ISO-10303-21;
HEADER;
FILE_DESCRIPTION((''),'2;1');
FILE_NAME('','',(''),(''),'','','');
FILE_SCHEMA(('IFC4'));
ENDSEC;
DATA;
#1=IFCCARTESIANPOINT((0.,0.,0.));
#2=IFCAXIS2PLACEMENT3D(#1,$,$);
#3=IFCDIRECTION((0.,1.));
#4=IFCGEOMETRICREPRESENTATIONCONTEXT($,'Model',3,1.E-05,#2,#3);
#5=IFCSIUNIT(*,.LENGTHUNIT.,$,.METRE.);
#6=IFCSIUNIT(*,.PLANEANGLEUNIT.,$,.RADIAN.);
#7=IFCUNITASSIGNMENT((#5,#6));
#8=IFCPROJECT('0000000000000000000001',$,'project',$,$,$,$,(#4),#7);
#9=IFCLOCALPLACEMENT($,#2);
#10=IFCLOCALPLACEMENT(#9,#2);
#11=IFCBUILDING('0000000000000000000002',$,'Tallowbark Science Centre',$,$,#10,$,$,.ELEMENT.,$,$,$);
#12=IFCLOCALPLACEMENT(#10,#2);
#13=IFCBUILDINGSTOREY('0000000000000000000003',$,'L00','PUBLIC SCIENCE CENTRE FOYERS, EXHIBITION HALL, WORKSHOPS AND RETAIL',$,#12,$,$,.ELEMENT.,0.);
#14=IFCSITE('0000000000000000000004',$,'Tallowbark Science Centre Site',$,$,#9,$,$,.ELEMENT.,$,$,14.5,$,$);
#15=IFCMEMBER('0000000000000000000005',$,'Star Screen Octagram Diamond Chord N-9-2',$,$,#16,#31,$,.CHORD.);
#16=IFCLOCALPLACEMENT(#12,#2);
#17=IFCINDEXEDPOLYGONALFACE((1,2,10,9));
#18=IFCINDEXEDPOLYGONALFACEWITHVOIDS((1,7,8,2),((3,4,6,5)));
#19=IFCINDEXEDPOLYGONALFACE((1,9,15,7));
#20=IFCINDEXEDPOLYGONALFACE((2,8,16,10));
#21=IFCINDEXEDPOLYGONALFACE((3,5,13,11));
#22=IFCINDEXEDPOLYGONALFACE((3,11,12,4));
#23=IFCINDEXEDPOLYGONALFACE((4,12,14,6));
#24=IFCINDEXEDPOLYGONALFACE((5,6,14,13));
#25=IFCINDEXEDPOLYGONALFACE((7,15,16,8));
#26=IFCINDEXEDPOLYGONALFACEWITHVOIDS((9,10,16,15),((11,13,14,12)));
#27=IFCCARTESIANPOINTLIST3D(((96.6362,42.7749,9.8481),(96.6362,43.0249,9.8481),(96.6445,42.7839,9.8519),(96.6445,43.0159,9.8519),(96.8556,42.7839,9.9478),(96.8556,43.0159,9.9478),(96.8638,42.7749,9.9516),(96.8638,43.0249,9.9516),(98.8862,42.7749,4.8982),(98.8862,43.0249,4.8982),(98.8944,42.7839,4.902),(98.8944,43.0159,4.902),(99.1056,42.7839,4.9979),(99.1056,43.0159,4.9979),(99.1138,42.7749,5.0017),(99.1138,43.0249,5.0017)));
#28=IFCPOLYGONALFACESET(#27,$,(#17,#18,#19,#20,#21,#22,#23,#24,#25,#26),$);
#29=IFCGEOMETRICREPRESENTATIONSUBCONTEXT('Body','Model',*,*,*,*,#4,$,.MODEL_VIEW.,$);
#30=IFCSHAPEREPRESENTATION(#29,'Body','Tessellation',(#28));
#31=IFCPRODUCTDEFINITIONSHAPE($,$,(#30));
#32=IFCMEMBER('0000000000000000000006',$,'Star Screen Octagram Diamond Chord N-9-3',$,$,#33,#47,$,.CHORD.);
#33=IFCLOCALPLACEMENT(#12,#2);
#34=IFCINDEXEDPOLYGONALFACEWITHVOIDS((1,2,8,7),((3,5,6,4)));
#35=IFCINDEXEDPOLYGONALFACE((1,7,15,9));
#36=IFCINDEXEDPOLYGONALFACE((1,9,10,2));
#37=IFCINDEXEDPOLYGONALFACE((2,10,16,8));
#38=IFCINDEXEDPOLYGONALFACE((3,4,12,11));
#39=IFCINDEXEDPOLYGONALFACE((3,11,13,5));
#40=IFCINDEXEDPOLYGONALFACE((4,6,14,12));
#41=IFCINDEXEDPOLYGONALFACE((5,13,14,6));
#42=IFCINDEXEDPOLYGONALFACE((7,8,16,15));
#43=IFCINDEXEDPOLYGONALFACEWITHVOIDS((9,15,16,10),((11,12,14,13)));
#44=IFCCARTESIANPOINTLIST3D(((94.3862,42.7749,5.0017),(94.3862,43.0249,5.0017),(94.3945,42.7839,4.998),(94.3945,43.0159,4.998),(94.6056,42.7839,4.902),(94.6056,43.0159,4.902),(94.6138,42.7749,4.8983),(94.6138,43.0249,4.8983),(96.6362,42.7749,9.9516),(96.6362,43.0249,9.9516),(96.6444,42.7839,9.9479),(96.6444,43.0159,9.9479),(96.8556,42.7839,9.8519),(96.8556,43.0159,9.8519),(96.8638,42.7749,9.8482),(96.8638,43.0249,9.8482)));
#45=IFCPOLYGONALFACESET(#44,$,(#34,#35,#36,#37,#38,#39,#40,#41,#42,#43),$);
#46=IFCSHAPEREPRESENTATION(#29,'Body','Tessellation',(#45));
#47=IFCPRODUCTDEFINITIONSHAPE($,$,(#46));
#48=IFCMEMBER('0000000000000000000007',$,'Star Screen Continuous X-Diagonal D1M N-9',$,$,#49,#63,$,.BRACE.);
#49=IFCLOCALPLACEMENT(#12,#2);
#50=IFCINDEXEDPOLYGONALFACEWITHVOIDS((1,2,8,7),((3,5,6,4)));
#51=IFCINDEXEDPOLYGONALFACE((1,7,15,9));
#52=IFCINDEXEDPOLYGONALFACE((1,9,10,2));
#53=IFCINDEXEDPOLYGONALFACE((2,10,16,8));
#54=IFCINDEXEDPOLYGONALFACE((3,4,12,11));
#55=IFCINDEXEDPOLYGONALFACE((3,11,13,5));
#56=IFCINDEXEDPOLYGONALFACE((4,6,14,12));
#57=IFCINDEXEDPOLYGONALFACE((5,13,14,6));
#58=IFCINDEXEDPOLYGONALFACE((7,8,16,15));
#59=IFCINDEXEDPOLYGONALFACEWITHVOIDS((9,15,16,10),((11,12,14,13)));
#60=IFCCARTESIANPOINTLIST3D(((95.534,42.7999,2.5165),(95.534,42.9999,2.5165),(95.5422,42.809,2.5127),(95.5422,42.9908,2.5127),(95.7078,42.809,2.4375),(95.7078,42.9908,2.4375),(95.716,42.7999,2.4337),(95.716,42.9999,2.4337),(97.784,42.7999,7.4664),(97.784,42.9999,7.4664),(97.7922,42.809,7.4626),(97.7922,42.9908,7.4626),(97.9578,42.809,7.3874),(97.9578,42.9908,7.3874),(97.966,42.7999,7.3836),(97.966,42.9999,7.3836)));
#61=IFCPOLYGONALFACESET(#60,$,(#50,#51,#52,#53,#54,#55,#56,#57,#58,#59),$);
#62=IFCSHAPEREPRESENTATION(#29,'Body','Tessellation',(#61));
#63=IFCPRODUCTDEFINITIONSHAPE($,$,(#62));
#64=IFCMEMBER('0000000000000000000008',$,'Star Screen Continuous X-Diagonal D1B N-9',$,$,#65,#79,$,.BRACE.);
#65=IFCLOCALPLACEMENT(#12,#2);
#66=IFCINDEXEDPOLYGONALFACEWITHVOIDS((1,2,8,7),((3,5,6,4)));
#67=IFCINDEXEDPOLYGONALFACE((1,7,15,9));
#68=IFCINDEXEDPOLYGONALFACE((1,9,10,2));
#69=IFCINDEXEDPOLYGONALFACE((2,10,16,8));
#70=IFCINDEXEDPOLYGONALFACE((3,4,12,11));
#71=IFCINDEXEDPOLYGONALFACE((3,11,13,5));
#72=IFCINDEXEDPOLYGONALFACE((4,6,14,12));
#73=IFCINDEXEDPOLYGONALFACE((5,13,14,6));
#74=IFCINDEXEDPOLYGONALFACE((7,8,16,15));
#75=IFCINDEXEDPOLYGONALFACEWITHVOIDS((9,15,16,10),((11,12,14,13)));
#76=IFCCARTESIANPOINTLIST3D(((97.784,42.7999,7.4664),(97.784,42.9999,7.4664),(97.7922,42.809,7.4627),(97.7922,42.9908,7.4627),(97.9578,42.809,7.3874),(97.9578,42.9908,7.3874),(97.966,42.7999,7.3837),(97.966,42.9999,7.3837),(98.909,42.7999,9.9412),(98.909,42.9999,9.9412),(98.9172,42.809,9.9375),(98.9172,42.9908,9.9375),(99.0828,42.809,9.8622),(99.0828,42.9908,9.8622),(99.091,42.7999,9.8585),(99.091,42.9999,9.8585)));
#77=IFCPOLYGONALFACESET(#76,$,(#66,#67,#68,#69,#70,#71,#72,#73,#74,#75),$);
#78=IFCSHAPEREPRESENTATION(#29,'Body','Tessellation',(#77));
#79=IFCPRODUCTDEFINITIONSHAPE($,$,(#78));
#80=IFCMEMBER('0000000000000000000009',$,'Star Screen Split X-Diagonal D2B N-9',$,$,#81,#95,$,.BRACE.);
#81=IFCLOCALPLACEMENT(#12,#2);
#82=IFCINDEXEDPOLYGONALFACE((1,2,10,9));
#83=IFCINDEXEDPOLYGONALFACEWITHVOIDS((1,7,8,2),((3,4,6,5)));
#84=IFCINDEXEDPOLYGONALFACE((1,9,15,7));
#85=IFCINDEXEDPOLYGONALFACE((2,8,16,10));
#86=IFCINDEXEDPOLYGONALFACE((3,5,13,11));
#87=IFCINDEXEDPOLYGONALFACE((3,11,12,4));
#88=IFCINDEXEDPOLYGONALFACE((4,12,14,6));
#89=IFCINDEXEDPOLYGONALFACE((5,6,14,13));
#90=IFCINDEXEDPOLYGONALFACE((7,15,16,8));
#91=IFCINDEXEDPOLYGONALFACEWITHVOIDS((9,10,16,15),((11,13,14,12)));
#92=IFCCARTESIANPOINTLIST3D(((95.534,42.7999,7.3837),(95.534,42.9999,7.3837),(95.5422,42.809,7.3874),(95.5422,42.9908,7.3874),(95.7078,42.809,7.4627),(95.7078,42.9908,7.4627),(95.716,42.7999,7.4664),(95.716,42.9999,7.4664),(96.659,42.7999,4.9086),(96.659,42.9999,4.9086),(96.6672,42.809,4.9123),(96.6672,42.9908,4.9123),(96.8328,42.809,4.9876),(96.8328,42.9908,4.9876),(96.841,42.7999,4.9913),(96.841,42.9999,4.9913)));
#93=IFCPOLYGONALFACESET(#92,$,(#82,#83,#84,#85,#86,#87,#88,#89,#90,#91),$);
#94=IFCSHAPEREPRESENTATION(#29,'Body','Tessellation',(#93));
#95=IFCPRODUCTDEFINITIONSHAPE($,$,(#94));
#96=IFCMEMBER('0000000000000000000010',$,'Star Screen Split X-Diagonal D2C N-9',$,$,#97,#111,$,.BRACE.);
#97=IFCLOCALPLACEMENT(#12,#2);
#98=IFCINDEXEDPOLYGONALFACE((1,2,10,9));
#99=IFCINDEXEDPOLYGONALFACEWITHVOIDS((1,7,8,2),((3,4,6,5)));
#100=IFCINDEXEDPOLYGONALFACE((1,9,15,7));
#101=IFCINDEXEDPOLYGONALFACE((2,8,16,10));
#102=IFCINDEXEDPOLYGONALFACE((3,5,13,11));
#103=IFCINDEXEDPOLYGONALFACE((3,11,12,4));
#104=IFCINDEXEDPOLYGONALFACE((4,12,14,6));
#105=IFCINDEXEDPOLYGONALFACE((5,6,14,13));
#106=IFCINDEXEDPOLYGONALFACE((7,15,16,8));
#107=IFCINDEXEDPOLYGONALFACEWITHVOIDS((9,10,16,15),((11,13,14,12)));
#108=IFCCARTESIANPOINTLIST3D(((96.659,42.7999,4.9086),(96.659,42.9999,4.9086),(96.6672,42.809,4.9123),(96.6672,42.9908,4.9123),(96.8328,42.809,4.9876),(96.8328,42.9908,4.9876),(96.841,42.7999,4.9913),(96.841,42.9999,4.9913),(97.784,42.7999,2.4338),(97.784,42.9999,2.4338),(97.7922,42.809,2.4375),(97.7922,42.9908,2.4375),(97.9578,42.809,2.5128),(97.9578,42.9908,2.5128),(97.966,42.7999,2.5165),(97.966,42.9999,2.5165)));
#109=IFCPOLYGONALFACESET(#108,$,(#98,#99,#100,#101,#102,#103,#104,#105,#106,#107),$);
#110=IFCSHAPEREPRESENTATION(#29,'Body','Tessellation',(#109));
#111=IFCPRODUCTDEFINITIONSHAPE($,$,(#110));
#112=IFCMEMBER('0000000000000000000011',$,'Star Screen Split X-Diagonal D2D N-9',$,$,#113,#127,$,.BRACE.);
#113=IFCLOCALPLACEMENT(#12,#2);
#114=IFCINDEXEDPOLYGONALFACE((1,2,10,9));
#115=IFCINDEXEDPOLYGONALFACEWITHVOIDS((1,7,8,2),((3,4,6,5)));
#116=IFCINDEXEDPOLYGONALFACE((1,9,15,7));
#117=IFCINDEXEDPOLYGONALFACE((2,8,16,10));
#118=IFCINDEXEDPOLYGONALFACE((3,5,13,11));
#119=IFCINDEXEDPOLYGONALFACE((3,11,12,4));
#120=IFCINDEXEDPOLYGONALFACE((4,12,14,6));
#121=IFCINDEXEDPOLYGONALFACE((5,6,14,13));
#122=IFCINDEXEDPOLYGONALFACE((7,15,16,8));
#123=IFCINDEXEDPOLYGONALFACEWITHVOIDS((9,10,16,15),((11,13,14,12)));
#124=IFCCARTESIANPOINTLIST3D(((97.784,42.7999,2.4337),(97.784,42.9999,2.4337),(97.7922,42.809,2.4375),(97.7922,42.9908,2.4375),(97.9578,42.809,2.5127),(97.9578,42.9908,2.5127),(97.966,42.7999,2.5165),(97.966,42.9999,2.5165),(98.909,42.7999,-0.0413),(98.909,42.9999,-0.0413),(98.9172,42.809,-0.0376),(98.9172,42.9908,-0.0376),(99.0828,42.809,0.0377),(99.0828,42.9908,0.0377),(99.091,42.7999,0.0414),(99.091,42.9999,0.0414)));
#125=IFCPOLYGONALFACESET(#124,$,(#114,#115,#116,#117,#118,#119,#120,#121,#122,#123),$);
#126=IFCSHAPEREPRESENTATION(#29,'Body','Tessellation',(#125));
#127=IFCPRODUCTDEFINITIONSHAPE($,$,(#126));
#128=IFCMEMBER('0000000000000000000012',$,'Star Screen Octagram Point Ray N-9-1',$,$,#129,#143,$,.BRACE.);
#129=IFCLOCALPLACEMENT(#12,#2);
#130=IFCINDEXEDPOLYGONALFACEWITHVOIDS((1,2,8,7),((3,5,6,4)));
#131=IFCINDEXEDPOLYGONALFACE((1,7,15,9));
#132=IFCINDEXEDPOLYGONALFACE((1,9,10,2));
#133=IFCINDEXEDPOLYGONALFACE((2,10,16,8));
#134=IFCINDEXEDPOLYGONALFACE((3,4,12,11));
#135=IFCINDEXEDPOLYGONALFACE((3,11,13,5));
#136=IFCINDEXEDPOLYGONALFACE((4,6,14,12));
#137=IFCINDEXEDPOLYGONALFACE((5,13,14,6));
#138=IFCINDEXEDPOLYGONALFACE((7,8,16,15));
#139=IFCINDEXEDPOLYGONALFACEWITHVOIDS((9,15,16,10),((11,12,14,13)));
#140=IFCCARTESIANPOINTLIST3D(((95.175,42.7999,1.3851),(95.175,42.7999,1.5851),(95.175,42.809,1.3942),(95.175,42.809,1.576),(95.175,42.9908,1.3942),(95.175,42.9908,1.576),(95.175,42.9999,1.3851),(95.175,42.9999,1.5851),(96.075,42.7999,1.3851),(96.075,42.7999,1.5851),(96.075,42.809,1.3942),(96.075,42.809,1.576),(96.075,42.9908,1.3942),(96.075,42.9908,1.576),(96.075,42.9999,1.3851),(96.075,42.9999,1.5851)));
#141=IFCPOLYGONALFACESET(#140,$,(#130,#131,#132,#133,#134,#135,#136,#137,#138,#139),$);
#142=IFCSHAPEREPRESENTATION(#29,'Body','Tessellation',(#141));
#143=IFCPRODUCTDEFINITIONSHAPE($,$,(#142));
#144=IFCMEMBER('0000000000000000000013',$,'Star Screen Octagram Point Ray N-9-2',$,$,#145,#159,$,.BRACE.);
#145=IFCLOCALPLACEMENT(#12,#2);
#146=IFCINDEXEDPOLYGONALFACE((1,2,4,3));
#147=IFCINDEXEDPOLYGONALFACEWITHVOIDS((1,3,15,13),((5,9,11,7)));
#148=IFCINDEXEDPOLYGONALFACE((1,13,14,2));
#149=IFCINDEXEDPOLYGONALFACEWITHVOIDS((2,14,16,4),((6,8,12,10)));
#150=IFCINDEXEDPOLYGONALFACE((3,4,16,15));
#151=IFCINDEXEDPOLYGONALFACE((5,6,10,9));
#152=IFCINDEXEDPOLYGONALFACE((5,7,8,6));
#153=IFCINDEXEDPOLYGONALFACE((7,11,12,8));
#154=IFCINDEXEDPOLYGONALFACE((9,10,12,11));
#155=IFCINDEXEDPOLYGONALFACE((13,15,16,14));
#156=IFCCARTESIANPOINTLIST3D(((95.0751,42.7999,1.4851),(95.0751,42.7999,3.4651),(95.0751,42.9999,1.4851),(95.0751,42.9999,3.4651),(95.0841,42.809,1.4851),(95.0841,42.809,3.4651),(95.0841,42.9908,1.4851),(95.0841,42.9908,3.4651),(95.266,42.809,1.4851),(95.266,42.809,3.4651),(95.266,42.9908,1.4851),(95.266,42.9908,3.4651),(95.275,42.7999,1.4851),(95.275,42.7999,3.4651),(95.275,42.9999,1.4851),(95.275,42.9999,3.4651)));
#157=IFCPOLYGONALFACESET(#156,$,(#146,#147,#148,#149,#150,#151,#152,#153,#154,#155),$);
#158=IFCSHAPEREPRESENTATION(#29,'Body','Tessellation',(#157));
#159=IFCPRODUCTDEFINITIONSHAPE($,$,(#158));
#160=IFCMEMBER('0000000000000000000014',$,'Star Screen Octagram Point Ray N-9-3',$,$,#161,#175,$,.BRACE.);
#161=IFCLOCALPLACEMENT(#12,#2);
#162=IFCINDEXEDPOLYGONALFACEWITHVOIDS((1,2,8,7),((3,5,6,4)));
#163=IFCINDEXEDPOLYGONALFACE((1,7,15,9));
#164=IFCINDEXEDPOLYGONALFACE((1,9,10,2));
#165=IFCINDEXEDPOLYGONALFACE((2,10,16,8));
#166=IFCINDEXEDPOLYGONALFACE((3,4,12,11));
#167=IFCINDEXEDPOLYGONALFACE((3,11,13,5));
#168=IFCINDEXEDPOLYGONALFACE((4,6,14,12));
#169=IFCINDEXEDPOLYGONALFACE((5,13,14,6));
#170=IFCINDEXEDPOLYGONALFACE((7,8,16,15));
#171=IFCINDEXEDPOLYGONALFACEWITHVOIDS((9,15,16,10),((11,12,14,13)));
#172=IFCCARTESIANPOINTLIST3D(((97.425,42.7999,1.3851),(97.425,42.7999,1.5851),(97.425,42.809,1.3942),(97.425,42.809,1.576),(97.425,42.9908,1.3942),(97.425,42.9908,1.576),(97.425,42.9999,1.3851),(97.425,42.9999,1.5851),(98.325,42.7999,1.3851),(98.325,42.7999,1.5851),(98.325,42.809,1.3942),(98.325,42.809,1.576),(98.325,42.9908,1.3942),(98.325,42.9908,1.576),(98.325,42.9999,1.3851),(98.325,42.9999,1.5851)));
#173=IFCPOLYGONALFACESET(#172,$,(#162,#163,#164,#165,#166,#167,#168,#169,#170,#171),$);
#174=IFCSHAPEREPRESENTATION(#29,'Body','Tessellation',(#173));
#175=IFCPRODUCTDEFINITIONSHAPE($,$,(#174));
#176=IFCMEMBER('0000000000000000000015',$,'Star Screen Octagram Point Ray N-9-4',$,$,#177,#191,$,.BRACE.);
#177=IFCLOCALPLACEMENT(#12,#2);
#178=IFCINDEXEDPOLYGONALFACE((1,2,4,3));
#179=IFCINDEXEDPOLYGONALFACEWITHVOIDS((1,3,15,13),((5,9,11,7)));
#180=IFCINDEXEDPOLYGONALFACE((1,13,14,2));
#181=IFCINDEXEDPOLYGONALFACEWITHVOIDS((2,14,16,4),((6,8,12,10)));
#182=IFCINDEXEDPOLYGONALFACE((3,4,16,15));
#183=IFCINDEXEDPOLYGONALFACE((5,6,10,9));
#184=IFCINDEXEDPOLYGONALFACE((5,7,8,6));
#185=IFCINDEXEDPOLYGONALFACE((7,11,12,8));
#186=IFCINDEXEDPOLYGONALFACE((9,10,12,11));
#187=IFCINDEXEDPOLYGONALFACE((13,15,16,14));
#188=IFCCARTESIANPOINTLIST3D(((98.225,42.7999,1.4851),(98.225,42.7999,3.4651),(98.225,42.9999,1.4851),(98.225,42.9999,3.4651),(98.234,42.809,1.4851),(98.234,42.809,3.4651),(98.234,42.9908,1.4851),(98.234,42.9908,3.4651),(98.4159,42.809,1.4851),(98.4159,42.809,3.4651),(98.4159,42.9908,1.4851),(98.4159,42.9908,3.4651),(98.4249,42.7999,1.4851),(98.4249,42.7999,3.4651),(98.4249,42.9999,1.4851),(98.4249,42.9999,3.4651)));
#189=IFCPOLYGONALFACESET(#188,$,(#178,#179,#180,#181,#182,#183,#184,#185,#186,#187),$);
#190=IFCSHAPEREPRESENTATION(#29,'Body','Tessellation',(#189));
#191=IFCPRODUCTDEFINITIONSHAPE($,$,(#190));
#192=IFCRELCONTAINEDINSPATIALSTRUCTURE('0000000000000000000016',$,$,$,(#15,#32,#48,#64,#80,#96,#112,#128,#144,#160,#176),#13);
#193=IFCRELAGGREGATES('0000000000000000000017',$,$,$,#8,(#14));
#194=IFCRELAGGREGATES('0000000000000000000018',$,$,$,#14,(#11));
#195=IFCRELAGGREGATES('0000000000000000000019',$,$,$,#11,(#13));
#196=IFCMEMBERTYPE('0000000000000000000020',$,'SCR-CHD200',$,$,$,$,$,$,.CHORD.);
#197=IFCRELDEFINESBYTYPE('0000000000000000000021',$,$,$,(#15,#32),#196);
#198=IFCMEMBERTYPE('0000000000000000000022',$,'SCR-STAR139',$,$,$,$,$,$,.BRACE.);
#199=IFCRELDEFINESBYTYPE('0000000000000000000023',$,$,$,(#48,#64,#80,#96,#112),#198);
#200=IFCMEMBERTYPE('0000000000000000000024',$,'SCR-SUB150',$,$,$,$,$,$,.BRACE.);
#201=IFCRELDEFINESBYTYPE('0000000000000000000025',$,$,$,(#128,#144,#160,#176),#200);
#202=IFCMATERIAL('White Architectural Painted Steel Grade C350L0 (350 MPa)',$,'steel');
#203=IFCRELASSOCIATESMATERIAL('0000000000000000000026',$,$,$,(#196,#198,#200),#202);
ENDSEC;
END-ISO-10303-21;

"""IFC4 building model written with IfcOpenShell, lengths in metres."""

from ifc_helpers import new_model, si_unit, direction, frame, origin, origin_2d, place, context, subcontext, project, spatial, hollow_rectangle, extrude, material, material_profile, profile_set, type_object, element, save


model = new_model("IFC4")

# Units and contexts
model_context = context("Model", 3, precision=1e-05, world=origin(), true_north=direction((0.0, 1.0)))
body_context = subcontext(model_context, "Body", "Model", "MODEL_VIEW")
ifc_project = project(units=[si_unit("LENGTHUNIT", "METRE"), si_unit("PLANEANGLEUNIT", "RADIAN")], contexts=[model_context])

# Site, building, storey
site_placement = place(None, origin())
site = spatial("IfcSite", under=ifc_project, at=site_placement, Name="Tallowbark Science Centre Site", CompositionType="ELEMENT", RefElevation=14.5)
building_placement = place(site_placement, origin())
building = spatial("IfcBuilding", under=site, at=building_placement, Name="Tallowbark Science Centre", CompositionType="ELEMENT")
storey_placement = place(building_placement, origin())
storey = spatial("IfcBuildingStorey", under=building, at=storey_placement, Name="L00", Description="PUBLIC SCIENCE CENTRE FOYERS, EXHIBITION HALL, WORKSHOPS AND RETAIL", CompositionType="ELEMENT", Elevation=0.0)

# Shared definitions
ifc_material_1 = material(Name="White Architectural Painted Steel Grade C350L0 (350 MPa)", Category="steel")

# Members
ifc_material_profile_1 = material_profile(ifc_material_1, hollow_rectangle(XDim=0.25, YDim=0.25, WallThickness=0.009, at=origin_2d()), Name="250x250x9.0SHS")
ifc_profile_set_1 = profile_set([ifc_material_profile_1], Name="White Architectural Painted Steel Grade C350L0 (350 MPa)")
member_type_1 = type_object("IfcMemberType", Name="SCR-CHD200", PredefinedType="CHORD", material=ifc_profile_set_1)
for number, where, z_axis, x_axis, name in (
    (1, (99.0, 42.8999, 4.95), (-0.413806, 0.0, 0.910365), (0.0, -1.0, 0.0), "Star Screen Octagram Diamond Chord N-9-2"),
    (2, (96.75, 42.8999, 9.8999), (-0.413806, 0.0, -0.910365), (0.0, -1.0, 0.0), "Star Screen Octagram Diamond Chord N-9-3"),
):
    element("IfcMember", number, at=place(storey_placement, frame(where, z_axis=z_axis, x_axis=x_axis)), inside=storey, type_object=member_type_1, Name=name, PredefinedType="CHORD", context=body_context, shape_type="SweptSolid", body=[
        extrude(hollow_rectangle(XDim=0.25, YDim=0.25, WallThickness=0.009, at=origin_2d()), origin(), (0.0, 0.0, 1.0), 5.4373),
    ])
ifc_material_profile_2 = material_profile(ifc_material_1, hollow_rectangle(XDim=0.2, YDim=0.2, WallThickness=0.009, at=origin_2d()), Name="200x200x9.0SHS")
ifc_profile_set_2 = profile_set([ifc_material_profile_2], Name="White Architectural Painted Steel Grade C350L0 (350 MPa)")
member_type_2 = type_object("IfcMemberType", Name="SCR-STAR139", PredefinedType="BRACE", material=ifc_profile_set_2)
member_1_placement = place(storey_placement, frame((95.625, 42.8999, 2.4751), z_axis=(0.413806, 0.0, 0.910365), x_axis=(0.0, 1.0, 0.0)))
element("IfcMember", 3, at=member_1_placement, inside=storey, type_object=member_type_2, Name="Star Screen Continuous X-Diagonal D1M N-9", PredefinedType="BRACE", context=body_context, shape_type="SweptSolid", body=[
    extrude(hollow_rectangle(XDim=0.2, YDim=0.2, WallThickness=0.009, at=origin_2d()), origin(), (0.0, 0.0, 1.0), 5.4373),
])
member_2_placement = place(storey_placement, frame((97.875, 42.8999, 7.425), z_axis=(0.413823, 0.0, 0.910357), x_axis=(0.0, 1.0, 0.0)))
element("IfcMember", 4, at=member_2_placement, inside=storey, type_object=member_type_2, Name="Star Screen Continuous X-Diagonal D1B N-9", PredefinedType="BRACE", context=body_context, shape_type="SweptSolid", body=[
    extrude(hollow_rectangle(XDim=0.2, YDim=0.2, WallThickness=0.009, at=origin_2d()), origin(), (0.0, 0.0, 1.0), 2.7185),
])
member_3_placement = place(storey_placement, frame((95.625, 42.8999, 7.425), z_axis=(0.413789, 0.0, -0.910373), x_axis=(0.0, 1.0, 0.0)))
element("IfcMember", 5, at=member_3_placement, inside=storey, type_object=member_type_2, Name="Star Screen Split X-Diagonal D2B N-9", PredefinedType="BRACE", context=body_context, shape_type="SweptSolid", body=[
    extrude(hollow_rectangle(XDim=0.2, YDim=0.2, WallThickness=0.009, at=origin_2d()), origin(), (0.0, 0.0, 1.0), 2.7188),
])
member_4_placement = place(storey_placement, frame((96.75, 42.8999, 4.95), z_axis=(0.413823, 0.0, -0.910357), x_axis=(0.0, 1.0, 0.0)))
element("IfcMember", 6, at=member_4_placement, inside=storey, type_object=member_type_2, Name="Star Screen Split X-Diagonal D2C N-9", PredefinedType="BRACE", context=body_context, shape_type="SweptSolid", body=[
    extrude(hollow_rectangle(XDim=0.2, YDim=0.2, WallThickness=0.009, at=origin_2d()), origin(), (0.0, 0.0, 1.0), 2.7185),
])
member_5_placement = place(storey_placement, frame((97.875, 42.8999, 2.4751), z_axis=(0.413789, 0.0, -0.910373), x_axis=(0.0, 1.0, 0.0)))
element("IfcMember", 7, at=member_5_placement, inside=storey, type_object=member_type_2, Name="Star Screen Split X-Diagonal D2D N-9", PredefinedType="BRACE", context=body_context, shape_type="SweptSolid", body=[
    extrude(hollow_rectangle(XDim=0.2, YDim=0.2, WallThickness=0.009, at=origin_2d()), origin(), (0.0, 0.0, 1.0), 2.7188),
])
ifc_material_profile_3 = material_profile(ifc_material_1, hollow_rectangle(XDim=0.2, YDim=0.2, WallThickness=0.009, at=origin_2d()), Name="200x200x9.0SHS")
ifc_profile_set_3 = profile_set([ifc_material_profile_3], Name="White Architectural Painted Steel Grade C350L0 (350 MPa)")
member_type_3 = type_object("IfcMemberType", Name="SCR-SUB150", PredefinedType="BRACE", material=ifc_profile_set_3)
member_6_placement = place(storey_placement, frame((95.175, 42.8999, 1.4851), z_axis=(1.0, 0.0, 0.0), x_axis=(0.0, 1.0, 0.0)))
element("IfcMember", 8, at=member_6_placement, inside=storey, type_object=member_type_3, Name="Star Screen Octagram Point Ray N-9-1", PredefinedType="BRACE", context=body_context, shape_type="SweptSolid", body=[
    extrude(hollow_rectangle(XDim=0.2, YDim=0.2, WallThickness=0.009, at=origin_2d()), origin(), (0.0, 0.0, 1.0), 0.8999),
])
member_7_placement = place(storey_placement, frame((95.175, 42.8999, 1.4851), z_axis=(0.0, 0.0, 1.0), x_axis=(1.0, 0.0, 0.0)))
element("IfcMember", 9, at=member_7_placement, inside=storey, type_object=member_type_3, Name="Star Screen Octagram Point Ray N-9-2", PredefinedType="BRACE", context=body_context, shape_type="SweptSolid", body=[
    extrude(hollow_rectangle(XDim=0.2, YDim=0.2, WallThickness=0.009, at=origin_2d()), origin(), (0.0, 0.0, 1.0), 1.98),
])
member_8_placement = place(storey_placement, frame((98.325, 42.8999, 1.4851), z_axis=(-1.0, 0.0, 0.0), x_axis=(0.0, -1.0, 0.0)))
element("IfcMember", 10, at=member_8_placement, inside=storey, type_object=member_type_3, Name="Star Screen Octagram Point Ray N-9-3", PredefinedType="BRACE", context=body_context, shape_type="SweptSolid", body=[
    extrude(hollow_rectangle(XDim=0.2, YDim=0.2, WallThickness=0.009, at=origin_2d()), origin(), (0.0, 0.0, 1.0), 0.8999),
])
member_9_placement = place(storey_placement, frame((98.325, 42.8999, 1.4851), z_axis=(0.0, 0.0, 1.0), x_axis=(1.0, 0.0, 0.0)))
element("IfcMember", 11, at=member_9_placement, inside=storey, type_object=member_type_3, Name="Star Screen Octagram Point Ray N-9-4", PredefinedType="BRACE", context=body_context, shape_type="SweptSolid", body=[
    extrude(hollow_rectangle(XDim=0.2, YDim=0.2, WallThickness=0.009, at=origin_2d()), origin(), (0.0, 0.0, 1.0), 1.98),
])

save(model, "model.ifc")
